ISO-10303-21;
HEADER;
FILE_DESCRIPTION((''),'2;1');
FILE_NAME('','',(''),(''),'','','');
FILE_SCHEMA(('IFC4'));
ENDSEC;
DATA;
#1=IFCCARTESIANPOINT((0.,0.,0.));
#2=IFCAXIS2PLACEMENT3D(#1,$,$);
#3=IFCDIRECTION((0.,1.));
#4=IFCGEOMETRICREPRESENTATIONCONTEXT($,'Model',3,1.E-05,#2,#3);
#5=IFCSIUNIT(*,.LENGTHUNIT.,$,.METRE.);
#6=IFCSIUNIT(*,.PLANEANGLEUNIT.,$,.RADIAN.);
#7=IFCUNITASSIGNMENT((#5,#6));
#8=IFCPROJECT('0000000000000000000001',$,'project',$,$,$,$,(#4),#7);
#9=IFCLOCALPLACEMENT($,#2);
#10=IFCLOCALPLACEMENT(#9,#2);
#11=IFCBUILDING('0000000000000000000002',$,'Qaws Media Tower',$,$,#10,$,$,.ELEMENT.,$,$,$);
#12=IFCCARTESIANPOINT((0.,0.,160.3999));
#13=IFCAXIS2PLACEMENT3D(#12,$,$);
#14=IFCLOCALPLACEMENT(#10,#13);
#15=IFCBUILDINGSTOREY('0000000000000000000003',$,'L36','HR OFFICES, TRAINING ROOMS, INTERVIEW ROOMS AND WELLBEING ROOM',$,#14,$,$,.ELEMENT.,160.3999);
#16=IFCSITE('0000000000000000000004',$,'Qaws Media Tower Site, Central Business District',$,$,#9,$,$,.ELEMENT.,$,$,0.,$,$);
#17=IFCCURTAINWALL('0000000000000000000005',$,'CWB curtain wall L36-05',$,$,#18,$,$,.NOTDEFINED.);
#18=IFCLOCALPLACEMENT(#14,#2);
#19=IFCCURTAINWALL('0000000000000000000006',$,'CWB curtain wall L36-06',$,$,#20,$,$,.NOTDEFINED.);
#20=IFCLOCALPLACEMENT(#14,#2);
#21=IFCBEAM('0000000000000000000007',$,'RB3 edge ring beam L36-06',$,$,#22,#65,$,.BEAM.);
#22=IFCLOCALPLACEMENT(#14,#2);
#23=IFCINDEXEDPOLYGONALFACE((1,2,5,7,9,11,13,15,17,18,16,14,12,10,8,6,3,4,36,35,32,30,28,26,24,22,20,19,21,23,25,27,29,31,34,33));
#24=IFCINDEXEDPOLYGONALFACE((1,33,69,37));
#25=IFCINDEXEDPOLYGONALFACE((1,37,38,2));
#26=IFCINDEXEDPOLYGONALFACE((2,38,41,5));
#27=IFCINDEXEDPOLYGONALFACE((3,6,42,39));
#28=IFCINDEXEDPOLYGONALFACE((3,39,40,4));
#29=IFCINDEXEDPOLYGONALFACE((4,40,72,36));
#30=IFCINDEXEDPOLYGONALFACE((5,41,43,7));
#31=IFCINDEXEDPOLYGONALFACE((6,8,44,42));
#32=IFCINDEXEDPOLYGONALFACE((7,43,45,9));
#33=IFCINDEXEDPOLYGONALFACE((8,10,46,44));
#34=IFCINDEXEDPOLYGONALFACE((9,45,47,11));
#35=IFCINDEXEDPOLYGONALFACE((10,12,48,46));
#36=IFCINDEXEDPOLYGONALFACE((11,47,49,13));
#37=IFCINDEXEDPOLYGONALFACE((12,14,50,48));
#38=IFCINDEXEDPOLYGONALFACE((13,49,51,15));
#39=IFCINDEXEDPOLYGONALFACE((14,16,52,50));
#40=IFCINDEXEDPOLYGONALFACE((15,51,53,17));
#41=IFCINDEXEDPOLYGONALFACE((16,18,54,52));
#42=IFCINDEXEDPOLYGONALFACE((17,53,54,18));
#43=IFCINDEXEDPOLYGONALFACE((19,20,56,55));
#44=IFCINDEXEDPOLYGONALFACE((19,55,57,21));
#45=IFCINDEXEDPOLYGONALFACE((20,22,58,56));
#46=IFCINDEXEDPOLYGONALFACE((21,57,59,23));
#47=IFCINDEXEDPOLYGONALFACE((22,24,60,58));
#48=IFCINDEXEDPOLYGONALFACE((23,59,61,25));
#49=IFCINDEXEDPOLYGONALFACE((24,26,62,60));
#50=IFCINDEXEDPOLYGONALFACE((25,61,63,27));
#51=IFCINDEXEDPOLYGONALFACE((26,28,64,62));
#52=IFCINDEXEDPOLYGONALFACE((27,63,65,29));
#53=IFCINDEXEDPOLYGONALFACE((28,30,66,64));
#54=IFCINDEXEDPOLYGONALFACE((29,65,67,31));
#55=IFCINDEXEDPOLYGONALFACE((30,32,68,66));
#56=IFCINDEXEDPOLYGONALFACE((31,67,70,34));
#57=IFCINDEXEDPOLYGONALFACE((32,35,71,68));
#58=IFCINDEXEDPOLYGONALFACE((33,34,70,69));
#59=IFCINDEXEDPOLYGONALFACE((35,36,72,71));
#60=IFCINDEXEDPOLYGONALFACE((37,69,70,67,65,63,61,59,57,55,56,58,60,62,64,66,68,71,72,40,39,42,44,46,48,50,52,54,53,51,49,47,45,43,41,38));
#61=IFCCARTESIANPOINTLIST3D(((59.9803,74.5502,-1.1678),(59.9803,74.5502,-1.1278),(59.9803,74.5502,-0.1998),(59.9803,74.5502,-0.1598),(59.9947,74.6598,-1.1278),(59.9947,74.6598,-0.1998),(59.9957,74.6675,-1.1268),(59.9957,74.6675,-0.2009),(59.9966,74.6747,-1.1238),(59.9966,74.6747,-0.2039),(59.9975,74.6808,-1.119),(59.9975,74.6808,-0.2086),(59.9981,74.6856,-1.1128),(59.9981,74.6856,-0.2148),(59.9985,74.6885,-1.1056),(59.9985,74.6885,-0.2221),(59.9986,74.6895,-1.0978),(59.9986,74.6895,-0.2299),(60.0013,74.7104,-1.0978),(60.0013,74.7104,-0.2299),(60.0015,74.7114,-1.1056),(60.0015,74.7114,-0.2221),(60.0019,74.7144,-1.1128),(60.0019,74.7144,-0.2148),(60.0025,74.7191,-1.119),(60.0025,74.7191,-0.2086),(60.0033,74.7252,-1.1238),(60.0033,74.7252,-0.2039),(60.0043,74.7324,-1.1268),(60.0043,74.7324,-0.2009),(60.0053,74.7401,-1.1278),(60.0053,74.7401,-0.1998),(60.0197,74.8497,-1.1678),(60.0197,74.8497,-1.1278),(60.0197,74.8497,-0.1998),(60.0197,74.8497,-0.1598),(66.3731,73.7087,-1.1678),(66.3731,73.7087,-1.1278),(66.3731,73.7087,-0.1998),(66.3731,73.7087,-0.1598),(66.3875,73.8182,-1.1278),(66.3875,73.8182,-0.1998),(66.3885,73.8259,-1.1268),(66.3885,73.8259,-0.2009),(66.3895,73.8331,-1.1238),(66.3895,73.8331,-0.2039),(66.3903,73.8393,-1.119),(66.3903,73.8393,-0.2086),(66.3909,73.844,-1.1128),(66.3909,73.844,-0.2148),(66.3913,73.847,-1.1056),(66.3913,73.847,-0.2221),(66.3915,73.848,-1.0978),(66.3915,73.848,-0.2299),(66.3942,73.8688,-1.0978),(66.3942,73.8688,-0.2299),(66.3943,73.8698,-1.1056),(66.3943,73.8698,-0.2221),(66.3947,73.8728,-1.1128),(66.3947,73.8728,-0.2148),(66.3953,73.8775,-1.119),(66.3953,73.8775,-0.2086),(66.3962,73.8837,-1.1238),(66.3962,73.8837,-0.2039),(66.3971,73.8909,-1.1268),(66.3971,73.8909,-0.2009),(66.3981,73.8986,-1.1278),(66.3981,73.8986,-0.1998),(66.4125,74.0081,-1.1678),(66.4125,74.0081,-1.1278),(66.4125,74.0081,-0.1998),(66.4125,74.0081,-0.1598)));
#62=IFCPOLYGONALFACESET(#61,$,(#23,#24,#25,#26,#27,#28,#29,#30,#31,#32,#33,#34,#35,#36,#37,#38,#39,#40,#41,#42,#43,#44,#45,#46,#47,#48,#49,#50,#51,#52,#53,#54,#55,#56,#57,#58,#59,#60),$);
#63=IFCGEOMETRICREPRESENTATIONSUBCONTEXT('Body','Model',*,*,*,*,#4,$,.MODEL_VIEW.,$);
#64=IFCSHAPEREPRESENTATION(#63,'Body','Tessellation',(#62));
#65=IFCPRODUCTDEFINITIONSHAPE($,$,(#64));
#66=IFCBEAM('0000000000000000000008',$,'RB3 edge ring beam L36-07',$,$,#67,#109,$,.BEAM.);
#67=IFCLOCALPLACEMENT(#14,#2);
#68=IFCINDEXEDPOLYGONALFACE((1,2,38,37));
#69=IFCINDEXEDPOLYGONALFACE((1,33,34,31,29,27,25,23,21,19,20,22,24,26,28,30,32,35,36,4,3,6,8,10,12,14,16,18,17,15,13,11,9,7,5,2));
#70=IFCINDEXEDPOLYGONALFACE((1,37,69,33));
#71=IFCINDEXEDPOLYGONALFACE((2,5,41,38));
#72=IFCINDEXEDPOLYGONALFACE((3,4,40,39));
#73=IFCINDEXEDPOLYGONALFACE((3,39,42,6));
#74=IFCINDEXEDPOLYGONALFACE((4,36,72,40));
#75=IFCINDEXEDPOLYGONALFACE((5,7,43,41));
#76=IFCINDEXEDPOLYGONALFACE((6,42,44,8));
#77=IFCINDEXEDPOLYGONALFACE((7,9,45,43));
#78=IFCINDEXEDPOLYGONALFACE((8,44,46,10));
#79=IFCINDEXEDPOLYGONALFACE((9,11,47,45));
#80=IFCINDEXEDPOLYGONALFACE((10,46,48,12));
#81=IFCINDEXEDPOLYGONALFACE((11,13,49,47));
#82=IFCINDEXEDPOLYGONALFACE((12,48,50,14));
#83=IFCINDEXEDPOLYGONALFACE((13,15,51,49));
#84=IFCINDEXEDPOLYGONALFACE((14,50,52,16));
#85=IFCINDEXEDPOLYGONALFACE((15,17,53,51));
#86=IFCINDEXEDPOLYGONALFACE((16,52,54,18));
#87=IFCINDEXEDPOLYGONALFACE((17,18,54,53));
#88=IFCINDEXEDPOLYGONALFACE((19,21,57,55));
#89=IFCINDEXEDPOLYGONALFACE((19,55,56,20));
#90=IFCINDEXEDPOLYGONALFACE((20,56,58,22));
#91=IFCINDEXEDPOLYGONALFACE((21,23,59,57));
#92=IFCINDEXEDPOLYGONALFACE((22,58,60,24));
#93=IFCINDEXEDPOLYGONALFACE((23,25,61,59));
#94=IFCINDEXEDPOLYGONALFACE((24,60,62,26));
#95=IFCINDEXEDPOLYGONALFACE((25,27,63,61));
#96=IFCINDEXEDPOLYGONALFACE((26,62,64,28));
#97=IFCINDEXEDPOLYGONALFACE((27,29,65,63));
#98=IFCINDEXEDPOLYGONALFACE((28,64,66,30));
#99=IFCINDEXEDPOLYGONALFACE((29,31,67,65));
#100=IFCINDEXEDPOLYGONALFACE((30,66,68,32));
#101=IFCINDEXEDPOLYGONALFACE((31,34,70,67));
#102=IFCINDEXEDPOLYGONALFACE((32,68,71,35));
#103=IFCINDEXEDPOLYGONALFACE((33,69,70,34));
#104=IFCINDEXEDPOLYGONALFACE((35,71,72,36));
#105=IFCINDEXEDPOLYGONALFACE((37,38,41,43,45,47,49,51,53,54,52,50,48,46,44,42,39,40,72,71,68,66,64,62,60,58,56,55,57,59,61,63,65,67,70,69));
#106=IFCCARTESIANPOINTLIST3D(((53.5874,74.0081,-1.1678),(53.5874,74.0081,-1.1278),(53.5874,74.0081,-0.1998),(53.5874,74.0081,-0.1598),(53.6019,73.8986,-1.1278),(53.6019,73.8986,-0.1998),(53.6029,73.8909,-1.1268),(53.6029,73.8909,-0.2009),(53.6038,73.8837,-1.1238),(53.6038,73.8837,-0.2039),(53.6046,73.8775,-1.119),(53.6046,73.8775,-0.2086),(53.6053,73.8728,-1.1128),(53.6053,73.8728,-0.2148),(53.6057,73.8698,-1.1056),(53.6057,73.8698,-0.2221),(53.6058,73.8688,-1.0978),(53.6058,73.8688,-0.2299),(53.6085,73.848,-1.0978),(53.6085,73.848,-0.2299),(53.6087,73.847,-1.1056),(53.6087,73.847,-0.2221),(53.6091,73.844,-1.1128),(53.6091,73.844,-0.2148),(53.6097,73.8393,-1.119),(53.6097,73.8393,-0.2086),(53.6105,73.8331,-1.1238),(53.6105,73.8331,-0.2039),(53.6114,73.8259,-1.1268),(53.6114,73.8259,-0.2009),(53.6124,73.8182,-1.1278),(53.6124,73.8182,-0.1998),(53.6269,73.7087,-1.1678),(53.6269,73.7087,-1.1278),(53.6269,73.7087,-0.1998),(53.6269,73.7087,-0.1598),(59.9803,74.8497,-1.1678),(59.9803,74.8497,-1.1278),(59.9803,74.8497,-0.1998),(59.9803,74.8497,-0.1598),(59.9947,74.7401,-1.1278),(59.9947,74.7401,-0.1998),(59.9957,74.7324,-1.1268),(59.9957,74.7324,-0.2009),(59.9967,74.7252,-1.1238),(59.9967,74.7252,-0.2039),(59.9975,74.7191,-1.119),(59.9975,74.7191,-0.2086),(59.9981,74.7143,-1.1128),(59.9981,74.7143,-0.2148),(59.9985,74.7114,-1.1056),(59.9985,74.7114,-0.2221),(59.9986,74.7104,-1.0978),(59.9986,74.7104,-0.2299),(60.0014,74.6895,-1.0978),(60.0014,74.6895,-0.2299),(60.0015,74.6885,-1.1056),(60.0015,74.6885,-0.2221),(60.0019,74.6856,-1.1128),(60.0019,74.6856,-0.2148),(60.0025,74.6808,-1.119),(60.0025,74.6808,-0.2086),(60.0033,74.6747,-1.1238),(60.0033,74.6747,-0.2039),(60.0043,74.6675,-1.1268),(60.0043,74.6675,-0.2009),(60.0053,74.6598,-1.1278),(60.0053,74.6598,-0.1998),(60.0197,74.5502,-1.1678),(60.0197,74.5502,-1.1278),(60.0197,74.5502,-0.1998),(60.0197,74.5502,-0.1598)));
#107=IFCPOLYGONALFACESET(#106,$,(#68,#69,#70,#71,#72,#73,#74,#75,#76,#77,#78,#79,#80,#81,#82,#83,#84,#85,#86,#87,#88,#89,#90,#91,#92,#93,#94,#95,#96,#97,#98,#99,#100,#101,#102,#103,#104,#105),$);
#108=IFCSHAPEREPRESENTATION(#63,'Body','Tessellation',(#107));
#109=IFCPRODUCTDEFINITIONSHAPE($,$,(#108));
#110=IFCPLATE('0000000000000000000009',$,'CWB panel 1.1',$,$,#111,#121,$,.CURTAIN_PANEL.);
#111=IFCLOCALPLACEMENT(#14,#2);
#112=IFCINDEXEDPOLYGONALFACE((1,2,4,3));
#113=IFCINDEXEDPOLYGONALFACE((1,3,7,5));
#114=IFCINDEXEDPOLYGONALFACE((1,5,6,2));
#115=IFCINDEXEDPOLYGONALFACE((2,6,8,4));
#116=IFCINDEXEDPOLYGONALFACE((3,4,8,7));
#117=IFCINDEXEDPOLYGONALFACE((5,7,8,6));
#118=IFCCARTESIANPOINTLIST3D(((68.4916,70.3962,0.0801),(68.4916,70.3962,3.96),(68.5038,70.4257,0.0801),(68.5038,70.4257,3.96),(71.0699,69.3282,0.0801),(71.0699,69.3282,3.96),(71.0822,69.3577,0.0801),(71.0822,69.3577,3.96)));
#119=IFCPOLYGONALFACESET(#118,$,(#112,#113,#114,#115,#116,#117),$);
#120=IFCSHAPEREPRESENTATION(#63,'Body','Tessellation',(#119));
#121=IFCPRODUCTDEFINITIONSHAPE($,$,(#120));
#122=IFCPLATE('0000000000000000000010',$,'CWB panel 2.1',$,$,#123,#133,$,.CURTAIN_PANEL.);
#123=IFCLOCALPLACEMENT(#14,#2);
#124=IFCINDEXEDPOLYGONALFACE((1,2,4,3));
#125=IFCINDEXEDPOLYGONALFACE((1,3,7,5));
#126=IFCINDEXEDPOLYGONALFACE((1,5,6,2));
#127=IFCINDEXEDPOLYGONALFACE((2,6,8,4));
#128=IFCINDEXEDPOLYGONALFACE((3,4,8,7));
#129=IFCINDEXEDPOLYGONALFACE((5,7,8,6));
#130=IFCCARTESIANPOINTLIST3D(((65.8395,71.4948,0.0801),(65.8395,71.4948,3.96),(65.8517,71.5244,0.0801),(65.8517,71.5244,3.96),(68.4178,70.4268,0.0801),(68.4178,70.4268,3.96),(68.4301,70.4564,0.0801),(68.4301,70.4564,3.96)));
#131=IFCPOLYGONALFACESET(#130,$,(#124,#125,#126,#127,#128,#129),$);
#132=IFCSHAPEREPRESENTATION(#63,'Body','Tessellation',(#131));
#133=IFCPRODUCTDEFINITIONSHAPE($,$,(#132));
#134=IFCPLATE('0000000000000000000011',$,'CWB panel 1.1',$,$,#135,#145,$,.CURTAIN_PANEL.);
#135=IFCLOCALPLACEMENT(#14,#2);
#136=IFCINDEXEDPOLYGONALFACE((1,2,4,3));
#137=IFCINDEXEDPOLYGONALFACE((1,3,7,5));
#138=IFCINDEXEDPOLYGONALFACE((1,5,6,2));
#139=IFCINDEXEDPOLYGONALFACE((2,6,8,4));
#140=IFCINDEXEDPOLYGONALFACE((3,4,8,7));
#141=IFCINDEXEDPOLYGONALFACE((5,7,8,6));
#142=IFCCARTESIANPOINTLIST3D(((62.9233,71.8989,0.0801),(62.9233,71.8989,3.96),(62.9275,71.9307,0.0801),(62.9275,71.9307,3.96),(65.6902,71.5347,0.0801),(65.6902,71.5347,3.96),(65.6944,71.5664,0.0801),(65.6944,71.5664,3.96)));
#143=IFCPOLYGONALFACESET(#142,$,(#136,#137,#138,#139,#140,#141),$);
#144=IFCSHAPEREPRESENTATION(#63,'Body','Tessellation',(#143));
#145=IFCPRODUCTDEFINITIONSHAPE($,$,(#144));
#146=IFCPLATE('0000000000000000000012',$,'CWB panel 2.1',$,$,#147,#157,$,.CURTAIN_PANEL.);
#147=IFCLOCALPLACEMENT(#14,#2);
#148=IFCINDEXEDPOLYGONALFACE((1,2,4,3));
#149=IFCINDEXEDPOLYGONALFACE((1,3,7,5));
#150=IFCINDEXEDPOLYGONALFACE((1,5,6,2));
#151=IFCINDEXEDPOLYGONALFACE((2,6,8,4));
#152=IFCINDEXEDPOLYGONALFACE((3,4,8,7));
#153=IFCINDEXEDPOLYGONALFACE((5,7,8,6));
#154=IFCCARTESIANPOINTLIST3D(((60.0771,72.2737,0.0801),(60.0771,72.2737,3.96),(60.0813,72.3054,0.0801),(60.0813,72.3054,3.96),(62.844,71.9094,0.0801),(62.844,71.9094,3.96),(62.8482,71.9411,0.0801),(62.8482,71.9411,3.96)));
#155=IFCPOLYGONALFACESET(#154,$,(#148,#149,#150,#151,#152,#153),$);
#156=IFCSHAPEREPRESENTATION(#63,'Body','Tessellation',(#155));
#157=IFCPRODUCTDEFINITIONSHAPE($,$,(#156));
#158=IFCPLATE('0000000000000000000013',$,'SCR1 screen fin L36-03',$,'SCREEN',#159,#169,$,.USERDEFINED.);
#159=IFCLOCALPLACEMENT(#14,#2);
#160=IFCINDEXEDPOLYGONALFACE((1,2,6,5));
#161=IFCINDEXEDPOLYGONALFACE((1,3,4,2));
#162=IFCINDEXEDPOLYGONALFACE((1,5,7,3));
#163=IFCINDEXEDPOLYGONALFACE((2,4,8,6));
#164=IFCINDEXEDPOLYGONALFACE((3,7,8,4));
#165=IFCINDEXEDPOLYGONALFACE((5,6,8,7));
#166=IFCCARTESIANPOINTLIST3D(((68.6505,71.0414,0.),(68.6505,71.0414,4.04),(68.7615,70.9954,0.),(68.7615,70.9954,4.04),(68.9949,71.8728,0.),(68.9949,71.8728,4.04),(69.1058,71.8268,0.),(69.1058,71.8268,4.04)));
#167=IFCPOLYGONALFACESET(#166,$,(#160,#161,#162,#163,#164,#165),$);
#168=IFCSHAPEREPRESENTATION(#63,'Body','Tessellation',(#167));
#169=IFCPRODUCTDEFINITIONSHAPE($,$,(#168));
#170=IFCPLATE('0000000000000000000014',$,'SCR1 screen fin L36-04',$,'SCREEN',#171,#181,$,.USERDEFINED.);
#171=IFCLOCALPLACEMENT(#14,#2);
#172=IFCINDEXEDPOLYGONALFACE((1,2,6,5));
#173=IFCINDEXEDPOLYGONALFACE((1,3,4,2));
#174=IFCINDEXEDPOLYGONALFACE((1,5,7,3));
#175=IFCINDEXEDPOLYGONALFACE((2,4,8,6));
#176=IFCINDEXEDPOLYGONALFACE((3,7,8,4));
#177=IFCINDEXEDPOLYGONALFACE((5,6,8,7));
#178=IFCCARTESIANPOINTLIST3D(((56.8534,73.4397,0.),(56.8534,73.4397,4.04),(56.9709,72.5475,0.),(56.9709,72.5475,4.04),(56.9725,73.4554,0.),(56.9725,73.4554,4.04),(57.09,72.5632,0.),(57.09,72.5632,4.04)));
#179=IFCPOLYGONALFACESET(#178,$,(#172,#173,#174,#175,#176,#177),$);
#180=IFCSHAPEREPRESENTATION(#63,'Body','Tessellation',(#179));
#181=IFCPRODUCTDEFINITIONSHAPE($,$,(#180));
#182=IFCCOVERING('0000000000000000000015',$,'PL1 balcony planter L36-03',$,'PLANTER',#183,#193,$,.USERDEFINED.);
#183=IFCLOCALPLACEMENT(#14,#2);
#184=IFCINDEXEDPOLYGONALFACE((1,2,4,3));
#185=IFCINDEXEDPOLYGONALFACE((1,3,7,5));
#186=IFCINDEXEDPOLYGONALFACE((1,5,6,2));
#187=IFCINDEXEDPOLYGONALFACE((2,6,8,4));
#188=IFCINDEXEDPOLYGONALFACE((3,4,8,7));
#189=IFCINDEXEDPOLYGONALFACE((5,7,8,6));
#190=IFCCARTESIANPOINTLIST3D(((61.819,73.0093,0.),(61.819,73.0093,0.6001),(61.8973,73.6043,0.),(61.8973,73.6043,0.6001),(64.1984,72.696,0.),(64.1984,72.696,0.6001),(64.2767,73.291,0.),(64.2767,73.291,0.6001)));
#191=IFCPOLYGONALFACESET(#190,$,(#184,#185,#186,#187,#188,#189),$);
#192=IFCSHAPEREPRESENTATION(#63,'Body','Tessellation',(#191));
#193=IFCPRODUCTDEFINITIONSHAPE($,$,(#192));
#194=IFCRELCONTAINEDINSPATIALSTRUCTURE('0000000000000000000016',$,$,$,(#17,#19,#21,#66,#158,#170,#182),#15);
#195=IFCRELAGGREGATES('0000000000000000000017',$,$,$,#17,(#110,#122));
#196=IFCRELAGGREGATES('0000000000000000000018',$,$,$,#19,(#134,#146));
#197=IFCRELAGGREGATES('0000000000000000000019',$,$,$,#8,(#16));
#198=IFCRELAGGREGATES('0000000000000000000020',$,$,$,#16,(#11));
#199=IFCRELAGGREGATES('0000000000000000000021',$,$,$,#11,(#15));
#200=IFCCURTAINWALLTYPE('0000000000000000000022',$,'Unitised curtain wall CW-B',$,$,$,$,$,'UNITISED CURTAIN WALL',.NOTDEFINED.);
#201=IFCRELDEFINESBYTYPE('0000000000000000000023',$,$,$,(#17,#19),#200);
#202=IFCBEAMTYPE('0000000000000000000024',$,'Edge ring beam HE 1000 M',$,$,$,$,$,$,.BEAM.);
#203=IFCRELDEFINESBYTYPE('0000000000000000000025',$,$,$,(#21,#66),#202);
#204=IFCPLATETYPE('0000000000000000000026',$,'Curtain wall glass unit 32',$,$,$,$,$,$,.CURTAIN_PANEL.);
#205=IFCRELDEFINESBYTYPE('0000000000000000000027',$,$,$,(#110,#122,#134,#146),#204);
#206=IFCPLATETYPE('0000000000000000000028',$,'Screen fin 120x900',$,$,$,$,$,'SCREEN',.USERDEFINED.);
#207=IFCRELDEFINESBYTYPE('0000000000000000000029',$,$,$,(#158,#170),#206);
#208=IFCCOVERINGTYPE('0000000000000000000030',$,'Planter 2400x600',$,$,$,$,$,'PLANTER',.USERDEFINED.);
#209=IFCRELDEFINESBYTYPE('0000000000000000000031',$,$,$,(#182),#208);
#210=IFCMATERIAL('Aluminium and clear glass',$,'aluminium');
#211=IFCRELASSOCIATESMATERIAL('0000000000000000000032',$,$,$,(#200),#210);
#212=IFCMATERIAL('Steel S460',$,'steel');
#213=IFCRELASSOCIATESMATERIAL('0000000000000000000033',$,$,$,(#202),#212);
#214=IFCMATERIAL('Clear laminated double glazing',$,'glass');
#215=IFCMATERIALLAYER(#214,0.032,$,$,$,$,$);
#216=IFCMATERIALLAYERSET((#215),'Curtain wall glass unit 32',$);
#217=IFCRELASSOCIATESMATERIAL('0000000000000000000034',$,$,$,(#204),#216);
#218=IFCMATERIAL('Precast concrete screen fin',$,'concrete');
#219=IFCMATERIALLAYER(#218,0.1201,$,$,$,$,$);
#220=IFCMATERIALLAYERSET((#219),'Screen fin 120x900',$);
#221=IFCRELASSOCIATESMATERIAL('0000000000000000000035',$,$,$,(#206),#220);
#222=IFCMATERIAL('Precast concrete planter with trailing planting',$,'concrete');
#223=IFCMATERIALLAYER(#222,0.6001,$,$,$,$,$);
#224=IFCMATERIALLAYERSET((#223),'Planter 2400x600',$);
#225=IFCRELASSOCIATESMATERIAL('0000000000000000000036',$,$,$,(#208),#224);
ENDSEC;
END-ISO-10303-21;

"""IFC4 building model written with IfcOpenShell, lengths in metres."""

from ifc_helpers import new_model, si_unit, direction, frame, origin, origin_2d, place, context, subcontext, project, spatial, rectangle, i_section, extrude, material, layer, layer_set, material_profile, profile_set, type_object, element, aggregate, save


model = new_model("IFC4")

# Units and contexts
model_context = context("Model", 3, precision=1e-05, world=origin(), true_north=direction((0.0, 1.0)))
body_context = subcontext(model_context, "Body", "Model", "MODEL_VIEW")
ifc_project = project(units=[si_unit("LENGTHUNIT", "METRE"), si_unit("PLANEANGLEUNIT", "RADIAN")], contexts=[model_context])

# Site, building, storey
site_placement = place(None, origin())
site = spatial("IfcSite", under=ifc_project, at=site_placement, Name="Qaws Media Tower Site, Central Business District", CompositionType="ELEMENT", RefElevation=0.0)
building_placement = place(site_placement, origin())
building = spatial("IfcBuilding", under=site, at=building_placement, Name="Qaws Media Tower", CompositionType="ELEMENT")
storey_placement = place(building_placement, frame((0.0, 0.0, 160.3999)))
storey = spatial("IfcBuildingStorey", under=building, at=storey_placement, Name="L36", Description="HR OFFICES, TRAINING ROOMS, INTERVIEW ROOMS AND WELLBEING ROOM", CompositionType="ELEMENT", Elevation=160.3999)

# Shared definitions
ifc_material_1 = material(Name="Aluminium and clear glass", Category="aluminium")
curtain_wall_type = type_object("IfcCurtainWallType", Name="Unitised curtain wall CW-B", ElementType="UNITISED CURTAIN WALL", PredefinedType="NOTDEFINED", material=ifc_material_1)

# Curtain walls
curtain_wall_1_placement = place(storey_placement, origin())
curtain_wall_1 = element("IfcCurtainWall", 1, at=curtain_wall_1_placement, inside=storey, type_object=curtain_wall_type, Name="CWB curtain wall L36-05", PredefinedType="NOTDEFINED")
curtain_wall_2_placement = place(storey_placement, origin())
curtain_wall_2 = element("IfcCurtainWall", 2, at=curtain_wall_2_placement, inside=storey, type_object=curtain_wall_type, Name="CWB curtain wall L36-06", PredefinedType="NOTDEFINED")

# Beams
ifc_material_2 = material(Name="Steel S460", Category="steel")
ifc_material_profile_1 = material_profile(ifc_material_2, i_section(OverallWidth=0.302, OverallDepth=1.0081, WebThickness=0.021, FlangeThickness=0.04, FilletRadius=0.03, at=origin_2d()), Name="HE 1000 M")
ifc_profile_set_1 = profile_set([ifc_material_profile_1], Name="Steel S460")
beam_type = type_object("IfcBeamType", Name="Edge ring beam HE 1000 M", PredefinedType="BEAM", material=ifc_profile_set_1)
for number, where, z_axis, x_axis, name in (
    (3, (66.3928, 73.8584, -0.6638), (-0.991446, 0.130514, 0.0), (-0.130514, -0.991446, 0.0), "RB3 edge ring beam L36-06"),
    (4, (60.0, 74.7, -0.6638), (-0.991446, -0.130514, 0.0), (0.130514, -0.991446, 0.0), "RB3 edge ring beam L36-07"),
):
    element("IfcBeam", number, at=place(storey_placement, frame(where, z_axis=z_axis, x_axis=x_axis)), inside=storey, type_object=beam_type, Name=name, PredefinedType="BEAM", context=body_context, shape_type="SweptSolid", body=[
        extrude(i_section(OverallWidth=0.302, OverallDepth=1.0081, WebThickness=0.021, FlangeThickness=0.04, FilletRadius=0.03, at=origin_2d()), origin(), (0.0, 0.0, 1.0), 6.448),
    ])

# Plates
ifc_material_3 = material(Name="Clear laminated double glazing", Category="glass")
ifc_layer_1 = layer(ifc_material_3, 0.032)
ifc_layer_set_1 = layer_set([ifc_layer_1], Name="Curtain wall glass unit 32")
plate_type_1 = type_object("IfcPlateType", Name="Curtain wall glass unit 32", PredefinedType="CURTAIN_PANEL", material=ifc_layer_set_1)
plate_1_placement = place(storey_placement, frame((69.7869, 69.877, 0.0801), z_axis=(0.0, 0.0, 1.0), x_axis=(-0.92388, 0.382683, 0.0)))
plate_1 = element("IfcPlate", 5, at=plate_1_placement, type_object=plate_type_1, Name="CWB panel 1.1", PredefinedType="CURTAIN_PANEL", context=body_context, shape_type="SweptSolid", body=[
    extrude(rectangle(XDim=2.7908, YDim=0.032, at=origin_2d()), origin(), (0.0, 0.0, 1.0), 3.8799),
])
plate_2_placement = place(storey_placement, frame((67.1348, 70.9756, 0.0801), z_axis=(0.0, 0.0, 1.0), x_axis=(-0.92388, 0.382683, 0.0)))
plate_2 = element("IfcPlate", 6, at=plate_2_placement, type_object=plate_type_1, Name="CWB panel 2.1", PredefinedType="CURTAIN_PANEL", context=body_context, shape_type="SweptSolid", body=[
    extrude(rectangle(XDim=2.7908, YDim=0.032, at=origin_2d()), origin(), (0.0, 0.0, 1.0), 3.8799),
])
aggregate(curtain_wall_1, [plate_1, plate_2])
plate_3_placement = place(storey_placement, frame((64.3088, 71.7327, 0.0801), z_axis=(0.0, 0.0, 1.0), x_axis=(-0.991445, 0.130526, 0.0)))
plate_3 = element("IfcPlate", 7, at=plate_3_placement, type_object=plate_type_1, Name="CWB panel 1.1", PredefinedType="CURTAIN_PANEL", context=body_context, shape_type="SweptSolid", body=[
    extrude(rectangle(XDim=2.7908, YDim=0.032, at=origin_2d()), origin(), (0.0, 0.0, 1.0), 3.8799),
])
plate_4_placement = place(storey_placement, frame((61.4626, 72.1074, 0.0801), z_axis=(0.0, 0.0, 1.0), x_axis=(-0.991445, 0.130526, 0.0)))
plate_4 = element("IfcPlate", 8, at=plate_4_placement, type_object=plate_type_1, Name="CWB panel 2.1", PredefinedType="CURTAIN_PANEL", context=body_context, shape_type="SweptSolid", body=[
    extrude(rectangle(XDim=2.7908, YDim=0.032, at=origin_2d()), origin(), (0.0, 0.0, 1.0), 3.8799),
])
aggregate(curtain_wall_2, [plate_3, plate_4])

# Plates
ifc_material_4 = material(Name="Precast concrete screen fin", Category="concrete")
ifc_layer_2 = layer(ifc_material_4, 0.1201)
ifc_layer_set_2 = layer_set([ifc_layer_2], Name="Screen fin 120x900")
plate_type_2 = type_object("IfcPlateType", Name="Screen fin 120x900", ElementType="SCREEN", PredefinedType="USERDEFINED", material=ifc_layer_set_2)
for number, where, z_axis, x_axis, name in (
    (9, (68.8782, 71.4341, 0.0), (0.0, 0.0, 1.0), (0.382683, 0.92388, 0.0), "SCR1 screen fin L36-03"),
    (10, (56.9717, 73.0015, 0.0), (0.0, 0.0, 1.0), (-0.130526, 0.991445, 0.0), "SCR1 screen fin L36-04"),
):
    element("IfcPlate", number, at=place(storey_placement, frame(where, z_axis=z_axis, x_axis=x_axis)), inside=storey, type_object=plate_type_2, Name=name, ObjectType="SCREEN", PredefinedType="USERDEFINED", context=body_context, shape_type="SweptSolid", body=[
        extrude(rectangle(XDim=0.8999, YDim=0.1201, at=origin_2d()), origin(), (0.0, 0.0, 1.0), 4.04),
    ])

# Covering
ifc_material_5 = material(Name="Precast concrete planter with trailing planting", Category="concrete")
ifc_layer_3 = layer(ifc_material_5, 0.6001)
ifc_layer_set_3 = layer_set([ifc_layer_3], Name="Planter 2400x600")
covering_type = type_object("IfcCoveringType", Name="Planter 2400x600", ElementType="PLANTER", PredefinedType="USERDEFINED", material=ifc_layer_set_3)
covering_placement = place(storey_placement, frame((63.0479, 73.1501, 0.0), z_axis=(0.0, 0.0, 1.0), x_axis=(-0.991445, 0.130526, 0.0)))
element("IfcCovering", 11, at=covering_placement, inside=storey, type_object=covering_type, Name="PL1 balcony planter L36-03", ObjectType="PLANTER", PredefinedType="USERDEFINED", context=body_context, shape_type="SweptSolid", body=[
    extrude(rectangle(XDim=2.3999, YDim=0.6001, at=origin_2d()), origin(), (0.0, 0.0, 1.0), 0.6001),
])

save(model, "model.ifc")
